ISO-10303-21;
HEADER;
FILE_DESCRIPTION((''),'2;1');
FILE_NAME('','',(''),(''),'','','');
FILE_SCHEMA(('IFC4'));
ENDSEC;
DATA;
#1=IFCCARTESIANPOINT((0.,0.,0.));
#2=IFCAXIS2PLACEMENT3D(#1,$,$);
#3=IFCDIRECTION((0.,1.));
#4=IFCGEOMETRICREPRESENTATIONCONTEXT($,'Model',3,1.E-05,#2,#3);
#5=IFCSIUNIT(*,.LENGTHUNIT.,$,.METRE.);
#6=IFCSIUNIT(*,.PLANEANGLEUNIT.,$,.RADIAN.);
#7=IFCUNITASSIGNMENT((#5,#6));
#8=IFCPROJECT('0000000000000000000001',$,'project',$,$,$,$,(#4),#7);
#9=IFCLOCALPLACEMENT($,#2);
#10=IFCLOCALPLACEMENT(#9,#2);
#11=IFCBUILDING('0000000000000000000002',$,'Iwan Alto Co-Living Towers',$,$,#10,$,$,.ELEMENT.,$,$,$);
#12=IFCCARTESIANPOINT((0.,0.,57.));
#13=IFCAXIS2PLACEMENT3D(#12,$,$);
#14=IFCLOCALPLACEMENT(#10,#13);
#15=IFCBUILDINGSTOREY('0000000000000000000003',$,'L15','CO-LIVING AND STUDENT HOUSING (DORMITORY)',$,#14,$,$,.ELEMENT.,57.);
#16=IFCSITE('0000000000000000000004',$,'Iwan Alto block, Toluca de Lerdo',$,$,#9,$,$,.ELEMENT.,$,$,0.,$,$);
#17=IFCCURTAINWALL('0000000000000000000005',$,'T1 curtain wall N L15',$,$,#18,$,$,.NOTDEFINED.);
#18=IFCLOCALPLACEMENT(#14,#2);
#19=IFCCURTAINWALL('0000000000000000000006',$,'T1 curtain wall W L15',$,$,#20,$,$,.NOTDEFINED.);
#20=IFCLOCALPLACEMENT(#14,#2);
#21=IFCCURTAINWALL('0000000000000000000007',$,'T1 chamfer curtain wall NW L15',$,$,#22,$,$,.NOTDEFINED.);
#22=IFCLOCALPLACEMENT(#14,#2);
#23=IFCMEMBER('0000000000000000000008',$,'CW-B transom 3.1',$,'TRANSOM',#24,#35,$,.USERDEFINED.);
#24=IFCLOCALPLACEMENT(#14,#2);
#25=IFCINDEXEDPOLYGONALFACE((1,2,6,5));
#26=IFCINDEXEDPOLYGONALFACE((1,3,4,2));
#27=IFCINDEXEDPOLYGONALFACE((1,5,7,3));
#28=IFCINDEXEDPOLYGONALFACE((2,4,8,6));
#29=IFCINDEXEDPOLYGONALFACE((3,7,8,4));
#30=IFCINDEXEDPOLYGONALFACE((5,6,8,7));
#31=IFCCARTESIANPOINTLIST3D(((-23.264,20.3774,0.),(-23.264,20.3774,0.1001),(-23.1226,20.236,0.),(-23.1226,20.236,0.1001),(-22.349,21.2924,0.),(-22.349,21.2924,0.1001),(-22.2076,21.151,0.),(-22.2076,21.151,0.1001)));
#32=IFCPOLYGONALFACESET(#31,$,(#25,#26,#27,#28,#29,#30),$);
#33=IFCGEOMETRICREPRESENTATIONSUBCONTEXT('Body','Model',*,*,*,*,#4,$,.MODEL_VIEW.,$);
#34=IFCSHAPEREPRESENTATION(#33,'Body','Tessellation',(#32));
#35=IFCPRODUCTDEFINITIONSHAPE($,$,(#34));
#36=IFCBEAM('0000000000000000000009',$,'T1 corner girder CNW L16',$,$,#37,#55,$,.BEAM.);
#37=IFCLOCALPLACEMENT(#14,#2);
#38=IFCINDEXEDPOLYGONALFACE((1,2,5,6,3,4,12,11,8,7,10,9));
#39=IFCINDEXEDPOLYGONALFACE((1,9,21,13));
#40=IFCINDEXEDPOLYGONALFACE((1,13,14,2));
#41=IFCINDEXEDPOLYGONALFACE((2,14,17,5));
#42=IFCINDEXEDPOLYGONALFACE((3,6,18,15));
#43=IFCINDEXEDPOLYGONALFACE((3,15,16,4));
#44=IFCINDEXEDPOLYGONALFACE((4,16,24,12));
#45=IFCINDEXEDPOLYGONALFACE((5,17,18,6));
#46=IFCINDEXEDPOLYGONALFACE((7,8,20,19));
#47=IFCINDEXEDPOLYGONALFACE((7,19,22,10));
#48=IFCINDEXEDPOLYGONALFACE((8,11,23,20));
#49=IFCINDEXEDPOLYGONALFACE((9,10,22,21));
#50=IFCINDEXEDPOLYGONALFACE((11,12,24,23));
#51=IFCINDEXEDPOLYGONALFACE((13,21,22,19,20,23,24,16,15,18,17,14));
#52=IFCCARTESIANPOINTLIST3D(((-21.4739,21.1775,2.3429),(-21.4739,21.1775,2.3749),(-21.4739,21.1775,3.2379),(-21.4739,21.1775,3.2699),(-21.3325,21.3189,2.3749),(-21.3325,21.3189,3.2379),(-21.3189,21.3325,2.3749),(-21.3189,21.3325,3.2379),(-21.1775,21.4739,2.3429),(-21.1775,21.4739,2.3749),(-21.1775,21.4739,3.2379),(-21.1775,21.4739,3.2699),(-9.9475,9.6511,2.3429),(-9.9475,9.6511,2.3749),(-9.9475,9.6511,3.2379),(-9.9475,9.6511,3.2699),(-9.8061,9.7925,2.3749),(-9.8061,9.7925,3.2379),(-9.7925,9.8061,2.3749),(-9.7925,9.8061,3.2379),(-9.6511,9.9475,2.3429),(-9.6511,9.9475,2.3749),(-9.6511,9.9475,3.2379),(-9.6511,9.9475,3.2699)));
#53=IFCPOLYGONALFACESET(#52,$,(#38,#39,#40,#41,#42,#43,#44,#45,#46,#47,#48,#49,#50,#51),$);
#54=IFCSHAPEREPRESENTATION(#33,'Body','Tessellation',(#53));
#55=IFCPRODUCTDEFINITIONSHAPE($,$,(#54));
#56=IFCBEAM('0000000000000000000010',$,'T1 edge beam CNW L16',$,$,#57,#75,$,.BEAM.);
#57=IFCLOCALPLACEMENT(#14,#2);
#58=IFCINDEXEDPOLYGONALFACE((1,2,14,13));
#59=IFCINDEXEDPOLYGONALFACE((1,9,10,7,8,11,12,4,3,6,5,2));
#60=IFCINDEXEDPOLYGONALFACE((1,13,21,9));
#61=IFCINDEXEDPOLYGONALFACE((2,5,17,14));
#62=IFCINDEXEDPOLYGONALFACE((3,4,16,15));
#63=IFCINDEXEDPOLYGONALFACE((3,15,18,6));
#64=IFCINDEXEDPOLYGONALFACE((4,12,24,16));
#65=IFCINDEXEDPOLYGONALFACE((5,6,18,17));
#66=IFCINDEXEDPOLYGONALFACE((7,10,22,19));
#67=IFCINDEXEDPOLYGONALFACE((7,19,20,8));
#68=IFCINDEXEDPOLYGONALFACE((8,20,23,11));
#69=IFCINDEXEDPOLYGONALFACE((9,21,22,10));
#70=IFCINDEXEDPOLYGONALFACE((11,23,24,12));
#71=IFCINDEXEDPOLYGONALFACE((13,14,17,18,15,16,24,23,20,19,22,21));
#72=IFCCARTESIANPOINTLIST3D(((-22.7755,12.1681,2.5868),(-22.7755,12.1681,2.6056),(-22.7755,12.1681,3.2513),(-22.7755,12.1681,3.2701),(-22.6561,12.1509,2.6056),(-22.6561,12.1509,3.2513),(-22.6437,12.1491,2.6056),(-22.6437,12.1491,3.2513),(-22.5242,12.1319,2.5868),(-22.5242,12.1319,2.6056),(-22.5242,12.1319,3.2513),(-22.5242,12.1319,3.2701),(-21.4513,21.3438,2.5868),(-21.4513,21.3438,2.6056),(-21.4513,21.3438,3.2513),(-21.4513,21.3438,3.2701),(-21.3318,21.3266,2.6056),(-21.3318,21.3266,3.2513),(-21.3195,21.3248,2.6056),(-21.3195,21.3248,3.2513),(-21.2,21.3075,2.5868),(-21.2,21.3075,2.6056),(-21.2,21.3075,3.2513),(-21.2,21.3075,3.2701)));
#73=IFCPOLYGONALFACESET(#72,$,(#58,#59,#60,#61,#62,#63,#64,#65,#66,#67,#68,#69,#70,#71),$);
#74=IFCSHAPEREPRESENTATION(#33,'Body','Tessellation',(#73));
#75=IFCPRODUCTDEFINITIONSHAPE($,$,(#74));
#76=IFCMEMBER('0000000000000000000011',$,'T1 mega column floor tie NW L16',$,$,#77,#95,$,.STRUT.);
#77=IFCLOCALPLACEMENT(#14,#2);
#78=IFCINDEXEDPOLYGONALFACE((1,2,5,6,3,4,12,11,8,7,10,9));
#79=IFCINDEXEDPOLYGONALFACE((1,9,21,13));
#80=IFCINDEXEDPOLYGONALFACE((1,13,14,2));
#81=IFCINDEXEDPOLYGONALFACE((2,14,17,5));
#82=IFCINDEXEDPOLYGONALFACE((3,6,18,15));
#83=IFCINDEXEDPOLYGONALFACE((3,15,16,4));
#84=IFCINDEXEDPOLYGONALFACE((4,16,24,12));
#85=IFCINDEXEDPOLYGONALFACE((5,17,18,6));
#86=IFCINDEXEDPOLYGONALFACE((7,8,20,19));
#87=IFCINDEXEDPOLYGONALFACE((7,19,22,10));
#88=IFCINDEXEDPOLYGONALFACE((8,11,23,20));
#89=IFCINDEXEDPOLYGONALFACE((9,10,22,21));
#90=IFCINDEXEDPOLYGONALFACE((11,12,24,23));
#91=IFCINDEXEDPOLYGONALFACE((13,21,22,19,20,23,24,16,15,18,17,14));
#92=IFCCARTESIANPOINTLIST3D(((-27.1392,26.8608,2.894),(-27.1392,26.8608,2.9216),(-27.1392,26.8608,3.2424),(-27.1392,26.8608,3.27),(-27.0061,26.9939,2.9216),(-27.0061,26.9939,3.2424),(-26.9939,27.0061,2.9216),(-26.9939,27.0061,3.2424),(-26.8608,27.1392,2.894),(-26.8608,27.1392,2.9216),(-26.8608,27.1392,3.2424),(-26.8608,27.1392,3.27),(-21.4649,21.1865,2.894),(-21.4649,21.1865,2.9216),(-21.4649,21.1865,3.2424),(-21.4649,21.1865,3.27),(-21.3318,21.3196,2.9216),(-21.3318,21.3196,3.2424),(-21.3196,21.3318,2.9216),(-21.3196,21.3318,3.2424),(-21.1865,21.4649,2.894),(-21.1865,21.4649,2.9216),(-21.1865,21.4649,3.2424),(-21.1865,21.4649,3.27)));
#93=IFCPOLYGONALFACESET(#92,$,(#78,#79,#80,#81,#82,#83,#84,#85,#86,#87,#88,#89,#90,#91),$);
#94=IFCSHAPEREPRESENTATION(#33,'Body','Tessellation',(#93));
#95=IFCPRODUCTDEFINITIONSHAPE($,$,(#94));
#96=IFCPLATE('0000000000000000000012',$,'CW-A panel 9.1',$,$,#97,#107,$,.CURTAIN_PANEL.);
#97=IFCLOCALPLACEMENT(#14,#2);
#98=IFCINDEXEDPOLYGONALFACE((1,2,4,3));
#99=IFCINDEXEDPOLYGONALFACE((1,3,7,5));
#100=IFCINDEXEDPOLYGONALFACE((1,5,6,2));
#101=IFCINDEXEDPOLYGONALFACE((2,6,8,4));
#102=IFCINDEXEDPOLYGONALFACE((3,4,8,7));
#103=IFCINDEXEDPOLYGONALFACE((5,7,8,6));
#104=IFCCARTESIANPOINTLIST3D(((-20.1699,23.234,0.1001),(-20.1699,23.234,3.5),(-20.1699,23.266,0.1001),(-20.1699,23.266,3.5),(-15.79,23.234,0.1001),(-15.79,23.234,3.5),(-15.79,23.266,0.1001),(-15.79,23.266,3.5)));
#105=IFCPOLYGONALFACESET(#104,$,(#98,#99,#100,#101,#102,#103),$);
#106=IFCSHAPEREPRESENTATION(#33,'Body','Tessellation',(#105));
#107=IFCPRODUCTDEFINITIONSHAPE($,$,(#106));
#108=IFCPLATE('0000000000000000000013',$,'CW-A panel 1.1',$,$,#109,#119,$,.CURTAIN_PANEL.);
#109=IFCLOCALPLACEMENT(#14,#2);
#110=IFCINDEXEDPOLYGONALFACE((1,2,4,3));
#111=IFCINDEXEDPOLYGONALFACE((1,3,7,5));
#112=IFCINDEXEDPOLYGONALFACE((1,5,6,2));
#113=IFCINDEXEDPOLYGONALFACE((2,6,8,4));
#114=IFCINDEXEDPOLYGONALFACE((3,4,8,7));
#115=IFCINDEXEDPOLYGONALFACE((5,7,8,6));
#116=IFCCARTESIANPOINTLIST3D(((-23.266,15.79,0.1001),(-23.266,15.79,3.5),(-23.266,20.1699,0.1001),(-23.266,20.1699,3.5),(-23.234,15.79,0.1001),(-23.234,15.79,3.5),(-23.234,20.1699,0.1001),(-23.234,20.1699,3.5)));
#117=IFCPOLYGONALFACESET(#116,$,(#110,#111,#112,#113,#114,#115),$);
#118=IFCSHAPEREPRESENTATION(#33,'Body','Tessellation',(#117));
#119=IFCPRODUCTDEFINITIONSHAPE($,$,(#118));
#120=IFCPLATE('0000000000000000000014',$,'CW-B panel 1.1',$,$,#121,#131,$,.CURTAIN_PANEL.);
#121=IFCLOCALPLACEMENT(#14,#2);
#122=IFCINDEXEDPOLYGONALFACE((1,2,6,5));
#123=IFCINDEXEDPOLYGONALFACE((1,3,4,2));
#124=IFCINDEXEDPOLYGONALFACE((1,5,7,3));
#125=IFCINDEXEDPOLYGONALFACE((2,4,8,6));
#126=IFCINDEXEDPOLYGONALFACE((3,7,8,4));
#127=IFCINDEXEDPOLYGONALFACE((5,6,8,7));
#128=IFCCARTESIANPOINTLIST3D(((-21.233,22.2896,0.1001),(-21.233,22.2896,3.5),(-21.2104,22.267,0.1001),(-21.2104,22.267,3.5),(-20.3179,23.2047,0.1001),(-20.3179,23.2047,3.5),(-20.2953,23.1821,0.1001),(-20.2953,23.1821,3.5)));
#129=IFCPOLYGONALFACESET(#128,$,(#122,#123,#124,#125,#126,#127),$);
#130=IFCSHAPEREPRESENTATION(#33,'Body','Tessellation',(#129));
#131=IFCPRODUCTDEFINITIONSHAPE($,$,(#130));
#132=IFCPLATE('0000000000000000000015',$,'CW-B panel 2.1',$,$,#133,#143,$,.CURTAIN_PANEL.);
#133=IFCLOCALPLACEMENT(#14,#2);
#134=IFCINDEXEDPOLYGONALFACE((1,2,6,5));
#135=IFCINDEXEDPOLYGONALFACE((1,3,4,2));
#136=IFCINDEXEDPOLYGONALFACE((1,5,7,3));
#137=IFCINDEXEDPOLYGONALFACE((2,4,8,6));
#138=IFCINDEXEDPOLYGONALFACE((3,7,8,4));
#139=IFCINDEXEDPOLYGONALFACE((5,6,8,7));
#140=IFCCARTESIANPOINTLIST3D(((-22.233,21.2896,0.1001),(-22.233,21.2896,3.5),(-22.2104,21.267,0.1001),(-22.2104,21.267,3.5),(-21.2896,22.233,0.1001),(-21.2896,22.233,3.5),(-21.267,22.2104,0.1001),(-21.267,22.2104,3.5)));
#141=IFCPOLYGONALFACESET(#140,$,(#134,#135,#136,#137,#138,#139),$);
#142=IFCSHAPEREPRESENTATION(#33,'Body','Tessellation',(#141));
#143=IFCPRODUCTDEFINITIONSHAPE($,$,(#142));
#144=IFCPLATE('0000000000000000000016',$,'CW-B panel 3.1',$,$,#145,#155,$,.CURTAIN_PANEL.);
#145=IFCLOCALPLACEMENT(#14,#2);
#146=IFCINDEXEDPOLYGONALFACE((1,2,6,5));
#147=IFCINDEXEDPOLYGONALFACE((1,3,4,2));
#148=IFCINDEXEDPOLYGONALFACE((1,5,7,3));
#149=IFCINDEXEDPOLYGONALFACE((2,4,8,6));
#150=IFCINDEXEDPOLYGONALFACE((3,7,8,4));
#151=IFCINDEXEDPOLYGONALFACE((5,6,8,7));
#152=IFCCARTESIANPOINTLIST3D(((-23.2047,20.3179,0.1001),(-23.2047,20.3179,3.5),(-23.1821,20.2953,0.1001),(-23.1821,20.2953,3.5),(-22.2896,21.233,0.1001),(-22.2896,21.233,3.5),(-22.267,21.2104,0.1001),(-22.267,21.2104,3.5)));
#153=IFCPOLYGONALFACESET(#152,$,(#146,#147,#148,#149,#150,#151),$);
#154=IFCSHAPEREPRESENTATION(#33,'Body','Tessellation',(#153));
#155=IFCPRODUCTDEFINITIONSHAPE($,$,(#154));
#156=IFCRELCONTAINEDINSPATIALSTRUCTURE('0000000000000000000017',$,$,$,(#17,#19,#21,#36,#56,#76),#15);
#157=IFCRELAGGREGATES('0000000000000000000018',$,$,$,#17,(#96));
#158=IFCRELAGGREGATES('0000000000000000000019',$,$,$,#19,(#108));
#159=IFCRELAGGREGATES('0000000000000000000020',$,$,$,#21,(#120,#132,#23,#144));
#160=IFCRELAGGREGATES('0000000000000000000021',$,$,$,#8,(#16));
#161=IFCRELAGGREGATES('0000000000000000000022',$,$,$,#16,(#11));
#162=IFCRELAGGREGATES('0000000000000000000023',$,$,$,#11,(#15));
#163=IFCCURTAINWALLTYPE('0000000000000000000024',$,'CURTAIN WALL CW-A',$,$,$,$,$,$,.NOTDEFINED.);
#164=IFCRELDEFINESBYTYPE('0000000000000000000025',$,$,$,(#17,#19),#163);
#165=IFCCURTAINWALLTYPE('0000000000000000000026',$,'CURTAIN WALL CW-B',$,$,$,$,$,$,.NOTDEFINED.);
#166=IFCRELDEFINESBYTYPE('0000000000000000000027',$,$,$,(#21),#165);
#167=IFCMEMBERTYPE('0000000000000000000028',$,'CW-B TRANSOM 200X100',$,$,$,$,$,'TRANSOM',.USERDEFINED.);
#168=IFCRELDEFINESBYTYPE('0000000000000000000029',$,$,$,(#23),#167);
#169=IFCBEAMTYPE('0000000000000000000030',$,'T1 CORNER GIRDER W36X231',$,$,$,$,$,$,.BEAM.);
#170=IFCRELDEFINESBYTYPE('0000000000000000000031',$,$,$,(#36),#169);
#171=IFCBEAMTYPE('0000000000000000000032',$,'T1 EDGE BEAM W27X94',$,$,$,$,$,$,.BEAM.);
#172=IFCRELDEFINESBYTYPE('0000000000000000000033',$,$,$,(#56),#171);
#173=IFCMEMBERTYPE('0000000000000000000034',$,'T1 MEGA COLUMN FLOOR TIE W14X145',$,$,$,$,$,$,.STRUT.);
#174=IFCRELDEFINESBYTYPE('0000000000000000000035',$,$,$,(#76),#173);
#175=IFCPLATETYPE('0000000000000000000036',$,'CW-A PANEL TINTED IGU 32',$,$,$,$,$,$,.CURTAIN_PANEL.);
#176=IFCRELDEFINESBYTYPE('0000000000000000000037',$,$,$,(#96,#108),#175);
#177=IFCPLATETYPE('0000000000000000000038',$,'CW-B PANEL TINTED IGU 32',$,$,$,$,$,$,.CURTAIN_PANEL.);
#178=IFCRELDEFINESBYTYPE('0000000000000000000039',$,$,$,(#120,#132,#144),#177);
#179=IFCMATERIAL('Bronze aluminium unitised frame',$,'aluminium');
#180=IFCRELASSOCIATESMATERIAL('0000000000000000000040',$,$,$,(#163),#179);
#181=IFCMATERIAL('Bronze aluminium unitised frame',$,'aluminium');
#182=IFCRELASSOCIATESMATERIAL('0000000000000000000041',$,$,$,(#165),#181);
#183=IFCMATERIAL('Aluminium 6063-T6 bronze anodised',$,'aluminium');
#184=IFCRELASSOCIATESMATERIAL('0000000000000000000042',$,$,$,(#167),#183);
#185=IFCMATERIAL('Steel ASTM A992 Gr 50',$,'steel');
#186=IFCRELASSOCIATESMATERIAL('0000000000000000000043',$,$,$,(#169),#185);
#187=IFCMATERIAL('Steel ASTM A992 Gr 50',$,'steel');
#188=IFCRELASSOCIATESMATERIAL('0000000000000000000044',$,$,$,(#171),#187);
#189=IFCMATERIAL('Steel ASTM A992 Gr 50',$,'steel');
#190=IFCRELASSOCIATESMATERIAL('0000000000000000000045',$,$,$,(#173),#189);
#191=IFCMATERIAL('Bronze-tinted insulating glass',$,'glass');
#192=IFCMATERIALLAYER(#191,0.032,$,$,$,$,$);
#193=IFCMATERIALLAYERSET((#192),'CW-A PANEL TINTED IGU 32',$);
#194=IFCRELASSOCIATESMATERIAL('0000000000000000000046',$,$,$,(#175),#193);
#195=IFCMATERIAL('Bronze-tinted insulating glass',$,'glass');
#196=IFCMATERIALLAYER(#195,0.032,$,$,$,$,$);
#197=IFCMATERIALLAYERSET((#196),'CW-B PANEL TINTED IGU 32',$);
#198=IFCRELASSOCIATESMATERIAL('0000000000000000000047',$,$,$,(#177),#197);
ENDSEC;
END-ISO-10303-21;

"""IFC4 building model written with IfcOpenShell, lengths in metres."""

from ifc_helpers import new_model, si_unit, direction, frame, origin, origin_2d, place, context, subcontext, project, spatial, rectangle, i_section, extrude, material, layer, layer_set, material_profile, profile_set, type_object, element, aggregate, save


model = new_model("IFC4")

# Units and contexts
model_context = context("Model", 3, precision=1e-05, world=origin(), true_north=direction((0.0, 1.0)))
body_context = subcontext(model_context, "Body", "Model", "MODEL_VIEW")
ifc_project = project(units=[si_unit("LENGTHUNIT", "METRE"), si_unit("PLANEANGLEUNIT", "RADIAN")], contexts=[model_context])

# Site, building, storey
site_placement = place(None, origin())
site = spatial("IfcSite", under=ifc_project, at=site_placement, Name="Iwan Alto block, Toluca de Lerdo", CompositionType="ELEMENT", RefElevation=0.0)
building_placement = place(site_placement, origin())
building = spatial("IfcBuilding", under=site, at=building_placement, Name="Iwan Alto Co-Living Towers", CompositionType="ELEMENT")
storey_placement = place(building_placement, frame((0.0, 0.0, 57.0)))
storey = spatial("IfcBuildingStorey", under=building, at=storey_placement, Name="L15", Description="CO-LIVING AND STUDENT HOUSING (DORMITORY)", CompositionType="ELEMENT", Elevation=57.0)

# Curtain walls
ifc_material_1 = material(Name="Bronze aluminium unitised frame", Category="aluminium")
curtain_wall_type_1 = type_object("IfcCurtainWallType", Name="CURTAIN WALL CW-A", PredefinedType="NOTDEFINED", material=ifc_material_1)
curtain_wall_1_placement = place(storey_placement, origin())
curtain_wall_1 = element("IfcCurtainWall", 1, at=curtain_wall_1_placement, inside=storey, type_object=curtain_wall_type_1, Name="T1 curtain wall N L15", PredefinedType="NOTDEFINED")
curtain_wall_2_placement = place(storey_placement, origin())
curtain_wall_2 = element("IfcCurtainWall", 2, at=curtain_wall_2_placement, inside=storey, type_object=curtain_wall_type_1, Name="T1 curtain wall W L15", PredefinedType="NOTDEFINED")

# Curtain wall, member
ifc_material_2 = material(Name="Bronze aluminium unitised frame", Category="aluminium")
curtain_wall_type_2 = type_object("IfcCurtainWallType", Name="CURTAIN WALL CW-B", PredefinedType="NOTDEFINED", material=ifc_material_2)
curtain_wall_3_placement = place(storey_placement, origin())
curtain_wall_3 = element("IfcCurtainWall", 3, at=curtain_wall_3_placement, inside=storey, type_object=curtain_wall_type_2, Name="T1 chamfer curtain wall NW L15", PredefinedType="NOTDEFINED")
ifc_material_3 = material(Name="Aluminium 6063-T6 bronze anodised", Category="aluminium")
ifc_material_profile_1 = material_profile(ifc_material_3, rectangle(XDim=0.2, YDim=0.1001, at=origin_2d()), Name="AL 200X100")
ifc_profile_set_1 = profile_set([ifc_material_profile_1], Name="Aluminium 6063-T6 bronze anodised")
member_type_1 = type_object("IfcMemberType", Name="CW-B TRANSOM 200X100", ElementType="TRANSOM", PredefinedType="USERDEFINED", material=ifc_profile_set_1)
member_1_placement = place(storey_placement, frame((-22.2783, 21.2217, 0.05), z_axis=(-0.707107, -0.707107, 0.0), x_axis=(0.707107, -0.707107, 0.0)))
member_1 = element("IfcMember", 4, at=member_1_placement, type_object=member_type_1, Name="CW-B transom 3.1", ObjectType="TRANSOM", PredefinedType="USERDEFINED", context=body_context, shape_type="SweptSolid", body=[
    extrude(rectangle(XDim=0.2, YDim=0.1001, at=origin_2d()), origin(), (0.0, 0.0, 1.0), 1.2939),
])

# Beams
ifc_material_4 = material(Name="Steel ASTM A992 Gr 50", Category="steel")
ifc_material_profile_2 = material_profile(ifc_material_4, i_section(OverallWidth=0.4192, OverallDepth=0.927, WebThickness=0.0193, FlangeThickness=0.032, at=origin_2d()), Name="W36X231")
ifc_profile_set_2 = profile_set([ifc_material_profile_2], Name="Steel ASTM A992 Gr 50")
beam_type_1 = type_object("IfcBeamType", Name="T1 CORNER GIRDER W36X231", PredefinedType="BEAM", material=ifc_profile_set_2)
beam_1_placement = place(storey_placement, frame((-21.3257, 21.3257, 2.8064), z_axis=(0.707107, -0.707107, 0.0), x_axis=(0.707107, 0.707107, 0.0)))
element("IfcBeam", 5, at=beam_1_placement, inside=storey, type_object=beam_type_1, Name="T1 corner girder CNW L16", PredefinedType="BEAM", context=body_context, shape_type="SweptSolid", body=[
    extrude(i_section(OverallWidth=0.4192, OverallDepth=0.927, WebThickness=0.0193, FlangeThickness=0.032, at=origin_2d()), origin(), (0.0, 0.0, 1.0), 16.3008),
])
ifc_material_5 = material(Name="Steel ASTM A992 Gr 50", Category="steel")
ifc_material_profile_3 = material_profile(ifc_material_5, i_section(OverallWidth=0.2539, OverallDepth=0.6833, WebThickness=0.0125, FlangeThickness=0.0188, at=origin_2d()), Name="W27X94")
ifc_profile_set_3 = profile_set([ifc_material_profile_3], Name="Steel ASTM A992 Gr 50")
beam_type_2 = type_object("IfcBeamType", Name="T1 EDGE BEAM W27X94", PredefinedType="BEAM", material=ifc_profile_set_3)
beam_2_placement = place(storey_placement, frame((-21.3257, 21.3257, 2.9285), z_axis=(-0.142837, -0.989746, 0.0), x_axis=(0.989746, -0.142837, 0.0)))
element("IfcBeam", 6, at=beam_2_placement, inside=storey, type_object=beam_type_2, Name="T1 edge beam CNW L16", PredefinedType="BEAM", context=body_context, shape_type="SweptSolid", body=[
    extrude(i_section(OverallWidth=0.2539, OverallDepth=0.6833, WebThickness=0.0125, FlangeThickness=0.0188, at=origin_2d()), origin(), (0.0, 0.0, 1.0), 9.2708),
])

# Member
ifc_material_6 = material(Name="Steel ASTM A992 Gr 50", Category="steel")
ifc_material_profile_4 = material_profile(ifc_material_6, i_section(OverallWidth=0.3938, OverallDepth=0.376, WebThickness=0.0173, FlangeThickness=0.0276, at=origin_2d()), Name="W14X145")
ifc_profile_set_4 = profile_set([ifc_material_profile_4], Name="Steel ASTM A992 Gr 50")
member_type_2 = type_object("IfcMemberType", Name="T1 MEGA COLUMN FLOOR TIE W14X145", PredefinedType="STRUT", material=ifc_profile_set_4)
member_2_placement = place(storey_placement, frame((-27.0, 27.0, 3.082), z_axis=(0.707107, -0.707107, 0.0), x_axis=(0.707107, 0.707107, 0.0)))
element("IfcMember", 7, at=member_2_placement, inside=storey, type_object=member_type_2, Name="T1 mega column floor tie NW L16", PredefinedType="STRUT", context=body_context, shape_type="SweptSolid", body=[
    extrude(i_section(OverallWidth=0.3938, OverallDepth=0.376, WebThickness=0.0173, FlangeThickness=0.0276, at=origin_2d()), origin(), (0.0, 0.0, 1.0), 8.0247),
])

# Plates
ifc_material_7 = material(Name="Bronze-tinted insulating glass", Category="glass")
ifc_layer_1 = layer(ifc_material_7, 0.032)
ifc_layer_set_1 = layer_set([ifc_layer_1], Name="CW-A PANEL TINTED IGU 32")
plate_type_1 = type_object("IfcPlateType", Name="CW-A PANEL TINTED IGU 32", PredefinedType="CURTAIN_PANEL", material=ifc_layer_set_1)
plate_1_placement = place(storey_placement, frame((-17.98, 23.25, 0.1001), z_axis=(0.0, 0.0, 1.0), x_axis=(-1.0, 0.0, 0.0)))
plate_1 = element("IfcPlate", 8, at=plate_1_placement, type_object=plate_type_1, Name="CW-A panel 9.1", PredefinedType="CURTAIN_PANEL", context=body_context, shape_type="SweptSolid", body=[
    extrude(rectangle(XDim=4.3799, YDim=0.032, at=origin_2d()), origin(), (0.0, 0.0, 1.0), 3.3999),
])
aggregate(curtain_wall_1, [plate_1])
plate_2_placement = place(storey_placement, frame((-23.25, 17.98, 0.1001), z_axis=(0.0, 0.0, 1.0), x_axis=(0.0, -1.0, 0.0)))
plate_2 = element("IfcPlate", 9, at=plate_2_placement, type_object=plate_type_1, Name="CW-A panel 1.1", PredefinedType="CURTAIN_PANEL", context=body_context, shape_type="SweptSolid", body=[
    extrude(rectangle(XDim=4.3799, YDim=0.032, at=origin_2d()), origin(), (0.0, 0.0, 1.0), 3.3999),
])
aggregate(curtain_wall_2, [plate_2])
ifc_material_8 = material(Name="Bronze-tinted insulating glass", Category="glass")
ifc_layer_2 = layer(ifc_material_8, 0.032)
ifc_layer_set_2 = layer_set([ifc_layer_2], Name="CW-B PANEL TINTED IGU 32")
plate_type_2 = type_object("IfcPlateType", Name="CW-B PANEL TINTED IGU 32", PredefinedType="CURTAIN_PANEL", material=ifc_layer_set_2)
plate_3_placement = place(storey_placement, frame((-20.7642, 22.7358, 0.1001), z_axis=(0.0, 0.0, 1.0), x_axis=(-0.707107, -0.707107, 0.0)))
plate_3 = element("IfcPlate", 10, at=plate_3_placement, type_object=plate_type_2, Name="CW-B panel 1.1", PredefinedType="CURTAIN_PANEL", context=body_context, shape_type="SweptSolid", body=[
    extrude(rectangle(XDim=1.2942, YDim=0.032, at=origin_2d()), origin(), (0.0, 0.0, 1.0), 3.3999),
])
plate_4_placement = place(storey_placement, frame((-21.75, 21.75, 0.1001), z_axis=(0.0, 0.0, 1.0), x_axis=(-0.707107, -0.707107, 0.0)))
plate_4 = element("IfcPlate", 11, at=plate_4_placement, type_object=plate_type_2, Name="CW-B panel 2.1", PredefinedType="CURTAIN_PANEL", context=body_context, shape_type="SweptSolid", body=[
    extrude(rectangle(XDim=1.3342, YDim=0.032, at=origin_2d()), origin(), (0.0, 0.0, 1.0), 3.3999),
])
plate_5_placement = place(storey_placement, frame((-22.7358, 20.7642, 0.1001), z_axis=(0.0, 0.0, 1.0), x_axis=(-0.707107, -0.707107, 0.0)))
plate_5 = element("IfcPlate", 12, at=plate_5_placement, type_object=plate_type_2, Name="CW-B panel 3.1", PredefinedType="CURTAIN_PANEL", context=body_context, shape_type="SweptSolid", body=[
    extrude(rectangle(XDim=1.2942, YDim=0.032, at=origin_2d()), origin(), (0.0, 0.0, 1.0), 3.3999),
])
aggregate(curtain_wall_3, [plate_3, plate_4, member_1, plate_5])

save(model, "model.ifc")
